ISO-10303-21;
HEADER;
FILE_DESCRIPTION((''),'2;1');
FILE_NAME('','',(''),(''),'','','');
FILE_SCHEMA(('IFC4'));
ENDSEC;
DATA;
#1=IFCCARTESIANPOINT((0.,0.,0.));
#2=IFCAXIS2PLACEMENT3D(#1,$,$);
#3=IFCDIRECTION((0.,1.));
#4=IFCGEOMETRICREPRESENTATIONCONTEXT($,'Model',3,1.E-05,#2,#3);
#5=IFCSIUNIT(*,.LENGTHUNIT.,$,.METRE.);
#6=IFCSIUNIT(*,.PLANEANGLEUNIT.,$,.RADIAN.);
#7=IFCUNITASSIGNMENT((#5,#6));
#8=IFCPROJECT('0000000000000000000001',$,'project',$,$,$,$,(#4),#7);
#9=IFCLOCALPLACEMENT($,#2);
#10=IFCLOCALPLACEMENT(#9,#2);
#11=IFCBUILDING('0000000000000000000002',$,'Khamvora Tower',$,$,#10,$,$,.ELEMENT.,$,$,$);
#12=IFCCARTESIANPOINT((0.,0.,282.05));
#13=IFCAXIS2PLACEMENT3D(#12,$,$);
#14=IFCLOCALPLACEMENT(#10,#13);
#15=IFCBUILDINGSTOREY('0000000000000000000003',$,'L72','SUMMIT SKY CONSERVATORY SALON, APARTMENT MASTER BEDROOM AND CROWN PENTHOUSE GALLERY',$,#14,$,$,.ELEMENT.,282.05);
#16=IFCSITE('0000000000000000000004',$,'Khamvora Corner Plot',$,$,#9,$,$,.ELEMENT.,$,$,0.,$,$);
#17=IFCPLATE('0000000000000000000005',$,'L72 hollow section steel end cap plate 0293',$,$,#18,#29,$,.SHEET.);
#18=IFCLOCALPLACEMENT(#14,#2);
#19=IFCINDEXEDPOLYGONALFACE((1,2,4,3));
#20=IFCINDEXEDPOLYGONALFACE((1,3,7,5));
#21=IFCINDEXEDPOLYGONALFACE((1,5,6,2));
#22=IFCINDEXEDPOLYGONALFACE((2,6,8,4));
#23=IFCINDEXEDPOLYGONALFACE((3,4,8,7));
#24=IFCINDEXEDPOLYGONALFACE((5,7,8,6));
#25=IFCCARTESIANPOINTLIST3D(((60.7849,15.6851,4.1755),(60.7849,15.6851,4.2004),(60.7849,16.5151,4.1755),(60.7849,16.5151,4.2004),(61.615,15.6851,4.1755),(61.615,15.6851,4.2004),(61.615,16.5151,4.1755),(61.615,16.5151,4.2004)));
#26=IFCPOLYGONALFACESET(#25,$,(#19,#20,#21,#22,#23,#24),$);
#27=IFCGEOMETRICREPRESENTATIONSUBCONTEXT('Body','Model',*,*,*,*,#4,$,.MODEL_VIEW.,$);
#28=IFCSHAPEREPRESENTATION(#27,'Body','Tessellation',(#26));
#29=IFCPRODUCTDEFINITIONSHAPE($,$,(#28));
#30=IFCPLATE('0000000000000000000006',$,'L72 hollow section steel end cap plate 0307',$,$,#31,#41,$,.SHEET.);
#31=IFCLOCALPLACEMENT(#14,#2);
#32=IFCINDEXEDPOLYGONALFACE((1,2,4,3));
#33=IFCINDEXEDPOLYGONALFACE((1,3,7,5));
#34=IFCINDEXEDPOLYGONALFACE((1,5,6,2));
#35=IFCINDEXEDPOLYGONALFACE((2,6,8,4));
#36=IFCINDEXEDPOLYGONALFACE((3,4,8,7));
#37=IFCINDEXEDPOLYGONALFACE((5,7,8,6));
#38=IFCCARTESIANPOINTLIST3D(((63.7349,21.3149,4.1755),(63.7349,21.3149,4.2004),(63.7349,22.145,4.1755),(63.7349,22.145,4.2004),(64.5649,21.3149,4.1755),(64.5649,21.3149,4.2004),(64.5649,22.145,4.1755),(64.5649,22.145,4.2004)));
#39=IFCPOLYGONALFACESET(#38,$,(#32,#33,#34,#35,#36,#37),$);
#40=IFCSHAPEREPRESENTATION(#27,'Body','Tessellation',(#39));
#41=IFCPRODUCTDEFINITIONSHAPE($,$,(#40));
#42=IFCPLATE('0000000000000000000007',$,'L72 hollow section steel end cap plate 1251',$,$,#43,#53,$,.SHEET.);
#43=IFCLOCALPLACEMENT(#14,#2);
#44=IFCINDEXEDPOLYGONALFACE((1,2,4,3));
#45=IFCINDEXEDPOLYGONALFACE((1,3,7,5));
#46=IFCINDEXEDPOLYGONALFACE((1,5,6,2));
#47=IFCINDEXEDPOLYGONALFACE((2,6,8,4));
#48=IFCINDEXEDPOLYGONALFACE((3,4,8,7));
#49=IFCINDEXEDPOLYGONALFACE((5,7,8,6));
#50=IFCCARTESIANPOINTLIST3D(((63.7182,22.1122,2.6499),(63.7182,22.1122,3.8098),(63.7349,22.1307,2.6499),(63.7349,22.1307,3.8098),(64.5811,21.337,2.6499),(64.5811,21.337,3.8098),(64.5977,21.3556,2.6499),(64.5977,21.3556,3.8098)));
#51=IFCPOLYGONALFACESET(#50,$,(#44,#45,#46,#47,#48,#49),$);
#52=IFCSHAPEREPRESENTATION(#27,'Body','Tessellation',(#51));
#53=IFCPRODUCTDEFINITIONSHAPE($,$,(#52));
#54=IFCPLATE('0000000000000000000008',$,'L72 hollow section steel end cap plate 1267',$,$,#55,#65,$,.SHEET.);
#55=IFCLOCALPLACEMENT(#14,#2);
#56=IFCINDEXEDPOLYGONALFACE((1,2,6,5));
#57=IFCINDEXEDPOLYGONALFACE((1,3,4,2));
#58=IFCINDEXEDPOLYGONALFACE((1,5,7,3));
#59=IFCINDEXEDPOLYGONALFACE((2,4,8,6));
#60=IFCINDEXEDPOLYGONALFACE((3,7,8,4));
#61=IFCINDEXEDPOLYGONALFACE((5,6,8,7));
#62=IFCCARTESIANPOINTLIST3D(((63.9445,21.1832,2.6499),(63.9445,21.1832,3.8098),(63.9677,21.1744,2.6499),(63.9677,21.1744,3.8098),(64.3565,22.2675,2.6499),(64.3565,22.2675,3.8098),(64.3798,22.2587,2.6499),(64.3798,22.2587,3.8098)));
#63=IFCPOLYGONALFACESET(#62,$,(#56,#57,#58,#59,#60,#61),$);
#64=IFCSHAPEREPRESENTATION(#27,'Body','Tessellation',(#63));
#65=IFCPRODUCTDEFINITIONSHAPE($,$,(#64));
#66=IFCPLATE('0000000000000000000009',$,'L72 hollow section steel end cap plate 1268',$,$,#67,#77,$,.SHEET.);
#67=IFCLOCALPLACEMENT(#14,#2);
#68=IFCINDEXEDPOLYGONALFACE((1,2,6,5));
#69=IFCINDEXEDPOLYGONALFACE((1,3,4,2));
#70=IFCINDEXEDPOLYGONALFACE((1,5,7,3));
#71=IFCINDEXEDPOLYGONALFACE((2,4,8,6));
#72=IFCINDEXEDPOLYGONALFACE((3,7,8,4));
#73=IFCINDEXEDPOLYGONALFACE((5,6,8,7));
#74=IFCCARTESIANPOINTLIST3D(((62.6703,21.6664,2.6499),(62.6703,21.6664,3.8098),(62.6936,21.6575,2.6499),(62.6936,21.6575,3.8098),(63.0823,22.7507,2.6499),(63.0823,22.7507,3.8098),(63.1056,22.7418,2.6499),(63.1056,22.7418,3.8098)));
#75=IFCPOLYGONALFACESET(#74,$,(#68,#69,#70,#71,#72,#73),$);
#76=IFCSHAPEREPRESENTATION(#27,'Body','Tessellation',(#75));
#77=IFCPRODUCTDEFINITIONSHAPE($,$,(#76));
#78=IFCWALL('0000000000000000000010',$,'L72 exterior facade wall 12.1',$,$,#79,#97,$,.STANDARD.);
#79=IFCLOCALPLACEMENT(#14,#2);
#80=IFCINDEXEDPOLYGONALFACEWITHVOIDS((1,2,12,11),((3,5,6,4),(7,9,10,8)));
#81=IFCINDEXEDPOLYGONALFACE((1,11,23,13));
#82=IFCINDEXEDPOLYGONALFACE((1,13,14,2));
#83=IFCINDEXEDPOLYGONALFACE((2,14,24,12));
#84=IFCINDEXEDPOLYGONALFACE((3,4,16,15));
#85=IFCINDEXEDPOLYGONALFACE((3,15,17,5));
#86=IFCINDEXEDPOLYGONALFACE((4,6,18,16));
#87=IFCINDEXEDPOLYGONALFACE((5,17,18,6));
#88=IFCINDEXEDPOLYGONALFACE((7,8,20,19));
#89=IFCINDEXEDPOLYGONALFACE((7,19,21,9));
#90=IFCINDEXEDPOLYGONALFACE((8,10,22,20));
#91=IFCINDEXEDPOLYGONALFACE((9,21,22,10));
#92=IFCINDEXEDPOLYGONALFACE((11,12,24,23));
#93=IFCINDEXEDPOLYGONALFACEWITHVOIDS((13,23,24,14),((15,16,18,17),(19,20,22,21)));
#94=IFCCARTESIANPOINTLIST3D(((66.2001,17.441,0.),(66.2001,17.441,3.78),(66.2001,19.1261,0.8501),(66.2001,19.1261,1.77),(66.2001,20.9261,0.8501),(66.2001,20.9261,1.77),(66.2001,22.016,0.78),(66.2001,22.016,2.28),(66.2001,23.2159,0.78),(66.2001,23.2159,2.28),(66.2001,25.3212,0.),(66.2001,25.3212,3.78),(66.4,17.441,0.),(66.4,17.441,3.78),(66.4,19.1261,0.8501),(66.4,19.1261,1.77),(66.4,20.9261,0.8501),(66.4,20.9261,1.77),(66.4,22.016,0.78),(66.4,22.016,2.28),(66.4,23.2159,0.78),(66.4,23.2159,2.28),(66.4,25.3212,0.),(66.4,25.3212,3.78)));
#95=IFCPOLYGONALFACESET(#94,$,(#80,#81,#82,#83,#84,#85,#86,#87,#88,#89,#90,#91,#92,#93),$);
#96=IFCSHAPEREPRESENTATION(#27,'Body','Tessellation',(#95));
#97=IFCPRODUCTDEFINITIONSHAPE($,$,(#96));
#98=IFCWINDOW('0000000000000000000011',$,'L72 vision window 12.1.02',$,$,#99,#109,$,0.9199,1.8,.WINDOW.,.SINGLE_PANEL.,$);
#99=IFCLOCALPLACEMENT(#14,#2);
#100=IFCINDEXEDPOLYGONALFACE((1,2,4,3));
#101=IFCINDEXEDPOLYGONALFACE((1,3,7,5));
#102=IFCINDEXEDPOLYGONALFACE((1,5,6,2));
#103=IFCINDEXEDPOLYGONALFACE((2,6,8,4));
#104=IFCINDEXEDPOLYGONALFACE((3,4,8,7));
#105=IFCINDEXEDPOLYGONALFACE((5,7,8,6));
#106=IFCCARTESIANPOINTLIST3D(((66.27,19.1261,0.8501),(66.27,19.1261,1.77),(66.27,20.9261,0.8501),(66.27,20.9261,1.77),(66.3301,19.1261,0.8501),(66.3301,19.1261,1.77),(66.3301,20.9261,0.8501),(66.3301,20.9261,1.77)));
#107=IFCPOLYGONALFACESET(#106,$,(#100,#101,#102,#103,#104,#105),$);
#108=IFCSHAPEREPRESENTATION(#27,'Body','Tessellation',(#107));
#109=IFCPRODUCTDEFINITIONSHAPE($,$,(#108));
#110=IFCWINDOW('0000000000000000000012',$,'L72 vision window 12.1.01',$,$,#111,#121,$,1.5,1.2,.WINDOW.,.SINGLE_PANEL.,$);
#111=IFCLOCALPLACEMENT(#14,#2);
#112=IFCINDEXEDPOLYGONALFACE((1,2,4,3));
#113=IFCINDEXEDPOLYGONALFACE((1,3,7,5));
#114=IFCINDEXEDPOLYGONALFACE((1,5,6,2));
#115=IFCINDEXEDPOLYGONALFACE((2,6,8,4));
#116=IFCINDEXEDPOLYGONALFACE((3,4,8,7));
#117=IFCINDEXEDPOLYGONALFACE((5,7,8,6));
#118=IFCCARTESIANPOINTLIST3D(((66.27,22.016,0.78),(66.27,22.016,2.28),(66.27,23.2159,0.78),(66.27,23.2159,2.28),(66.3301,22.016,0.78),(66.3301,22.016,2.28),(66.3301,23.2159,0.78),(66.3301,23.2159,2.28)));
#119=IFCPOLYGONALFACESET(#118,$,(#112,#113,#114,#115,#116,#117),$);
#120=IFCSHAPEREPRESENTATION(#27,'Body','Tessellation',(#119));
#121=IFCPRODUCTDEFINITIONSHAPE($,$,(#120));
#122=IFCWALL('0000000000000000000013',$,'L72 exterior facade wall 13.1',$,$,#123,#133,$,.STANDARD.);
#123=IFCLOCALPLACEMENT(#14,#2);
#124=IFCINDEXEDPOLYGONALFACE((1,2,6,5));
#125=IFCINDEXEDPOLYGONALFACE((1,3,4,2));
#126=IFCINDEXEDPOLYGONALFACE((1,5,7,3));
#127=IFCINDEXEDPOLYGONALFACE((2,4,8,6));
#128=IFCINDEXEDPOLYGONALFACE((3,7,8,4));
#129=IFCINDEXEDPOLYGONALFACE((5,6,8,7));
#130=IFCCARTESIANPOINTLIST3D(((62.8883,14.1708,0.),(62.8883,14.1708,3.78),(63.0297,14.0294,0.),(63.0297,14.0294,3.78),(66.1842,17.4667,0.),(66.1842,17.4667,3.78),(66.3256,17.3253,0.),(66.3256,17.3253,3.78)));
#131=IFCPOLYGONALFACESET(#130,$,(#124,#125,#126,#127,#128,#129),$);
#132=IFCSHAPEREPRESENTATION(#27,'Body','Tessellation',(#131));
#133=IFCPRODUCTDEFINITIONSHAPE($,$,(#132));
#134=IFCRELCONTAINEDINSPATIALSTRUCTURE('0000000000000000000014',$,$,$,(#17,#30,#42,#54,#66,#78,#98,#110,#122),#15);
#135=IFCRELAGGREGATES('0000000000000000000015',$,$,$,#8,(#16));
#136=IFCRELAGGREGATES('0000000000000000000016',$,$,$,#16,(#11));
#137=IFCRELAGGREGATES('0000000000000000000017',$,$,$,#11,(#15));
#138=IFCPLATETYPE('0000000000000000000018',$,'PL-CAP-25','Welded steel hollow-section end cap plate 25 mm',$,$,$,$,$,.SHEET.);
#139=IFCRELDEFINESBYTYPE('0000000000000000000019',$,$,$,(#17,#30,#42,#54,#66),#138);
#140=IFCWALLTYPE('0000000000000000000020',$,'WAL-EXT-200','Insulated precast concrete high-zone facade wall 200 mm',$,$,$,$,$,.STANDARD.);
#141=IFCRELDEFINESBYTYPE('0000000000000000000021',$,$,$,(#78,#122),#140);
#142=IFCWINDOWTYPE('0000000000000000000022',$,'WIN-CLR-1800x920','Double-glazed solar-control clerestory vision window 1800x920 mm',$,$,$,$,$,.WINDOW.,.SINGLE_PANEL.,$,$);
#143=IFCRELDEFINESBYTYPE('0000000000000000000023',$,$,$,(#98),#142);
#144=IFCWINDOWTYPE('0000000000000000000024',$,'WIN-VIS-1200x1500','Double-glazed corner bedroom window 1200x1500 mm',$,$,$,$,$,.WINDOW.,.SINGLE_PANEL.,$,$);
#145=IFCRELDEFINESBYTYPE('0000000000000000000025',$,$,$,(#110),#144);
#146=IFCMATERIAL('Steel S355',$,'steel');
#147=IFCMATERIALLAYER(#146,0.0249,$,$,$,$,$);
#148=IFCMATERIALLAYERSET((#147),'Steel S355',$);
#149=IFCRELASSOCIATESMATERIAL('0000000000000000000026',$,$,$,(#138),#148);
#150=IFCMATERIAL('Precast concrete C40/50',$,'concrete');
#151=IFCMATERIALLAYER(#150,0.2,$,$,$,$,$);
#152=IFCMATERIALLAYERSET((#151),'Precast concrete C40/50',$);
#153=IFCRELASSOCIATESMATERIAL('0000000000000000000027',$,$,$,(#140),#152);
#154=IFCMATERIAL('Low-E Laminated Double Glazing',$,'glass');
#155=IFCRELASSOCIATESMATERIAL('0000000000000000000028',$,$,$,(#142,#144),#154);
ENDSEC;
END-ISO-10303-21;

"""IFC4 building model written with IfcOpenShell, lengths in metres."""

from ifc_helpers import new_model, si_unit, direction, frame, frame_2d, origin, origin_2d, place, context, subcontext, project, spatial, rectangle, extrude, material, layer, layer_set, type_object, element, fill, save


model = new_model("IFC4")

# Units and contexts
model_context = context("Model", 3, precision=1e-05, world=origin(), true_north=direction((0.0, 1.0)))
body_context = subcontext(model_context, "Body", "Model", "MODEL_VIEW")
ifc_project = project(units=[si_unit("LENGTHUNIT", "METRE"), si_unit("PLANEANGLEUNIT", "RADIAN")], contexts=[model_context])

# Site, building, storey
site_placement = place(None, origin())
site = spatial("IfcSite", under=ifc_project, at=site_placement, Name="Khamvora Corner Plot", CompositionType="ELEMENT", RefElevation=0.0)
building_placement = place(site_placement, origin())
building = spatial("IfcBuilding", under=site, at=building_placement, Name="Khamvora Tower", CompositionType="ELEMENT")
storey_placement = place(building_placement, frame((0.0, 0.0, 282.05)))
storey = spatial("IfcBuildingStorey", under=building, at=storey_placement, Name="L72", Description="SUMMIT SKY CONSERVATORY SALON, APARTMENT MASTER BEDROOM AND CROWN PENTHOUSE GALLERY", CompositionType="ELEMENT", Elevation=282.05)

# Shared definitions
ifc_material_1 = material(Name="Steel S355", Category="steel")

# Plates
ifc_layer_1 = layer(ifc_material_1, 0.0249)
ifc_layer_set_1 = layer_set([ifc_layer_1], Name="Steel S355")
plate_type = type_object("IfcPlateType", Name="PL-CAP-25", Description="Welded steel hollow-section end cap plate 25 mm", PredefinedType="SHEET", material=ifc_layer_set_1)
for number, where, z_axis, x_axis, name in (
    (1, (61.2, 16.1001, 4.1755), (0.0, 0.0, 1.0), (1.0, 0.0, 0.0), "L72 hollow section steel end cap plate 0293"),
    (2, (64.1499, 21.73, 4.1755), (0.0, 0.0, 1.0), (1.0, 0.0, 0.0), "L72 hollow section steel end cap plate 0307"),
):
    element("IfcPlate", number, at=place(storey_placement, frame(where, z_axis=z_axis, x_axis=x_axis)), inside=storey, type_object=plate_type, Name=name, PredefinedType="SHEET", context=body_context, shape_type="SweptSolid", body=[
        extrude(rectangle(XDim=0.8301, YDim=0.8301, at=origin_2d()), origin(), (0.0, 0.0, 1.0), 0.0249),
    ])
for number, where, z_axis, x_axis, name in (
    (3, (64.158, 21.7339, 2.6499), (0.0, 0.0, 1.0), (-0.6683, -0.743892, 0.0), "L72 hollow section steel end cap plate 1251"),
    (4, (64.1621, 21.7209, 2.6499), (0.0, 0.0, 1.0), (-0.934782, 0.355221, 0.0), "L72 hollow section steel end cap plate 1267"),
    (5, (62.8879, 22.2041, 2.6499), (0.0, 0.0, 1.0), (-0.934782, 0.355221, 0.0), "L72 hollow section steel end cap plate 1268"),
):
    element("IfcPlate", number, at=place(storey_placement, frame(where, z_axis=z_axis, x_axis=x_axis)), inside=storey, type_object=plate_type, Name=name, PredefinedType="SHEET", context=body_context, shape_type="SweptSolid", body=[
        extrude(rectangle(XDim=0.0249, YDim=1.1599, at=origin_2d()), origin(), (0.0, 0.0, 1.0), 1.1599),
    ])

# Wall, openings, windows
ifc_material_2 = material(Name="Precast concrete C40/50", Category="concrete")
ifc_layer_2 = layer(ifc_material_2, 0.2)
ifc_layer_set_2 = layer_set([ifc_layer_2], Name="Precast concrete C40/50")
wall_type_1 = type_object("IfcWallType", Name="WAL-EXT-200", Description="Insulated precast concrete high-zone facade wall 200 mm", PredefinedType="STANDARD", material=ifc_layer_set_2)
wall_1_placement = place(storey_placement, frame((66.3, 25.321, 0.0), z_axis=(0.0, 0.0, 1.0), x_axis=(0.0, -1.0, 0.0)))
wall_1 = element("IfcWall", 6, at=wall_1_placement, inside=storey, type_object=wall_type_1, Name="L72 exterior facade wall 12.1", PredefinedType="STANDARD", context=body_context, shape_type="SweptSolid", body=[
    extrude(rectangle(XDim=7.8801, YDim=0.2, at=frame_2d((3.9399, 0.0))), origin(), (0.0, 0.0, 1.0), 3.78),
])
opening_1_placement = place(wall_1_placement, frame((2.105, 0.0, 0.78)))
opening_1 = element("IfcOpeningElement", 7, at=opening_1_placement, cuts=wall_1, PredefinedType="OPENING", context=body_context, shape_type="SweptSolid", body=[
    extrude(rectangle(XDim=1.2, YDim=1.5, at=frame_2d((0.6001, 0.75))), frame((0.0, 0.1099, 0.0), z_axis=(0.0, -1.0, 0.0), x_axis=(1.0, 0.0, 0.0)), (0.0, 0.0, 1.0), 0.22),
])
opening_2_placement = place(wall_1_placement, frame((4.395, 0.0, 0.8501)))
opening_2 = element("IfcOpeningElement", 8, at=opening_2_placement, cuts=wall_1, PredefinedType="OPENING", context=body_context, shape_type="SweptSolid", body=[
    extrude(rectangle(XDim=1.8, YDim=0.9199, at=frame_2d((0.8999, 0.46))), frame((0.0, 0.1099, 0.0), z_axis=(0.0, -1.0, 0.0), x_axis=(1.0, 0.0, 0.0)), (0.0, 0.0, 1.0), 0.22),
])
ifc_material_3 = material(Name="Low-E Laminated Double Glazing", Category="glass")
window_type_1 = type_object("IfcWindowType", Name="WIN-CLR-1800x920", Description="Double-glazed solar-control clerestory vision window 1800x920 mm", PartitioningType="SINGLE_PANEL", PredefinedType="WINDOW", material=ifc_material_3)
window_1_placement = place(opening_2_placement, origin())
window_1 = element("IfcWindow", 9, at=window_1_placement, inside=storey, type_object=window_type_1, Name="L72 vision window 12.1.02", OverallHeight=0.9199, OverallWidth=1.8, PartitioningType="SINGLE_PANEL", PredefinedType="WINDOW", context=body_context, shape_type="SweptSolid", body=[
    extrude(rectangle(XDim=1.8, YDim=0.9199, at=frame_2d((0.8999, 0.46))), frame((0.0, 0.03, 0.0), z_axis=(0.0, -1.0, 0.0), x_axis=(1.0, 0.0, 0.0)), (0.0, 0.0, 1.0), 0.0601),
])
fill(opening_2, window_1)
window_type_2 = type_object("IfcWindowType", Name="WIN-VIS-1200x1500", Description="Double-glazed corner bedroom window 1200x1500 mm", PartitioningType="SINGLE_PANEL", PredefinedType="WINDOW", material=ifc_material_3)
window_2_placement = place(opening_1_placement, origin())
window_2 = element("IfcWindow", 10, at=window_2_placement, inside=storey, type_object=window_type_2, Name="L72 vision window 12.1.01", OverallHeight=1.5, OverallWidth=1.2, PartitioningType="SINGLE_PANEL", PredefinedType="WINDOW", context=body_context, shape_type="SweptSolid", body=[
    extrude(rectangle(XDim=1.2, YDim=1.5, at=frame_2d((0.6001, 0.75))), frame((0.0, 0.03, 0.0), z_axis=(0.0, -1.0, 0.0), x_axis=(1.0, 0.0, 0.0)), (0.0, 0.0, 1.0), 0.0601),
])
fill(opening_1, window_2)

# Wall
wall_2_placement = place(storey_placement, frame((66.2549, 17.396, 0.0), z_axis=(0.0, 0.0, 1.0), x_axis=(-0.707107, -0.707107, 0.0)))
element("IfcWall", 11, at=wall_2_placement, inside=storey, type_object=wall_type_1, Name="L72 exterior facade wall 13.1", PredefinedType="STANDARD", context=body_context, shape_type="SweptSolid", body=[
    extrude(rectangle(XDim=4.6611, YDim=0.2, at=frame_2d((2.3306, 0.0))), origin(), (0.0, 0.0, 1.0), 3.78),
])

save(model, "model.ifc")
